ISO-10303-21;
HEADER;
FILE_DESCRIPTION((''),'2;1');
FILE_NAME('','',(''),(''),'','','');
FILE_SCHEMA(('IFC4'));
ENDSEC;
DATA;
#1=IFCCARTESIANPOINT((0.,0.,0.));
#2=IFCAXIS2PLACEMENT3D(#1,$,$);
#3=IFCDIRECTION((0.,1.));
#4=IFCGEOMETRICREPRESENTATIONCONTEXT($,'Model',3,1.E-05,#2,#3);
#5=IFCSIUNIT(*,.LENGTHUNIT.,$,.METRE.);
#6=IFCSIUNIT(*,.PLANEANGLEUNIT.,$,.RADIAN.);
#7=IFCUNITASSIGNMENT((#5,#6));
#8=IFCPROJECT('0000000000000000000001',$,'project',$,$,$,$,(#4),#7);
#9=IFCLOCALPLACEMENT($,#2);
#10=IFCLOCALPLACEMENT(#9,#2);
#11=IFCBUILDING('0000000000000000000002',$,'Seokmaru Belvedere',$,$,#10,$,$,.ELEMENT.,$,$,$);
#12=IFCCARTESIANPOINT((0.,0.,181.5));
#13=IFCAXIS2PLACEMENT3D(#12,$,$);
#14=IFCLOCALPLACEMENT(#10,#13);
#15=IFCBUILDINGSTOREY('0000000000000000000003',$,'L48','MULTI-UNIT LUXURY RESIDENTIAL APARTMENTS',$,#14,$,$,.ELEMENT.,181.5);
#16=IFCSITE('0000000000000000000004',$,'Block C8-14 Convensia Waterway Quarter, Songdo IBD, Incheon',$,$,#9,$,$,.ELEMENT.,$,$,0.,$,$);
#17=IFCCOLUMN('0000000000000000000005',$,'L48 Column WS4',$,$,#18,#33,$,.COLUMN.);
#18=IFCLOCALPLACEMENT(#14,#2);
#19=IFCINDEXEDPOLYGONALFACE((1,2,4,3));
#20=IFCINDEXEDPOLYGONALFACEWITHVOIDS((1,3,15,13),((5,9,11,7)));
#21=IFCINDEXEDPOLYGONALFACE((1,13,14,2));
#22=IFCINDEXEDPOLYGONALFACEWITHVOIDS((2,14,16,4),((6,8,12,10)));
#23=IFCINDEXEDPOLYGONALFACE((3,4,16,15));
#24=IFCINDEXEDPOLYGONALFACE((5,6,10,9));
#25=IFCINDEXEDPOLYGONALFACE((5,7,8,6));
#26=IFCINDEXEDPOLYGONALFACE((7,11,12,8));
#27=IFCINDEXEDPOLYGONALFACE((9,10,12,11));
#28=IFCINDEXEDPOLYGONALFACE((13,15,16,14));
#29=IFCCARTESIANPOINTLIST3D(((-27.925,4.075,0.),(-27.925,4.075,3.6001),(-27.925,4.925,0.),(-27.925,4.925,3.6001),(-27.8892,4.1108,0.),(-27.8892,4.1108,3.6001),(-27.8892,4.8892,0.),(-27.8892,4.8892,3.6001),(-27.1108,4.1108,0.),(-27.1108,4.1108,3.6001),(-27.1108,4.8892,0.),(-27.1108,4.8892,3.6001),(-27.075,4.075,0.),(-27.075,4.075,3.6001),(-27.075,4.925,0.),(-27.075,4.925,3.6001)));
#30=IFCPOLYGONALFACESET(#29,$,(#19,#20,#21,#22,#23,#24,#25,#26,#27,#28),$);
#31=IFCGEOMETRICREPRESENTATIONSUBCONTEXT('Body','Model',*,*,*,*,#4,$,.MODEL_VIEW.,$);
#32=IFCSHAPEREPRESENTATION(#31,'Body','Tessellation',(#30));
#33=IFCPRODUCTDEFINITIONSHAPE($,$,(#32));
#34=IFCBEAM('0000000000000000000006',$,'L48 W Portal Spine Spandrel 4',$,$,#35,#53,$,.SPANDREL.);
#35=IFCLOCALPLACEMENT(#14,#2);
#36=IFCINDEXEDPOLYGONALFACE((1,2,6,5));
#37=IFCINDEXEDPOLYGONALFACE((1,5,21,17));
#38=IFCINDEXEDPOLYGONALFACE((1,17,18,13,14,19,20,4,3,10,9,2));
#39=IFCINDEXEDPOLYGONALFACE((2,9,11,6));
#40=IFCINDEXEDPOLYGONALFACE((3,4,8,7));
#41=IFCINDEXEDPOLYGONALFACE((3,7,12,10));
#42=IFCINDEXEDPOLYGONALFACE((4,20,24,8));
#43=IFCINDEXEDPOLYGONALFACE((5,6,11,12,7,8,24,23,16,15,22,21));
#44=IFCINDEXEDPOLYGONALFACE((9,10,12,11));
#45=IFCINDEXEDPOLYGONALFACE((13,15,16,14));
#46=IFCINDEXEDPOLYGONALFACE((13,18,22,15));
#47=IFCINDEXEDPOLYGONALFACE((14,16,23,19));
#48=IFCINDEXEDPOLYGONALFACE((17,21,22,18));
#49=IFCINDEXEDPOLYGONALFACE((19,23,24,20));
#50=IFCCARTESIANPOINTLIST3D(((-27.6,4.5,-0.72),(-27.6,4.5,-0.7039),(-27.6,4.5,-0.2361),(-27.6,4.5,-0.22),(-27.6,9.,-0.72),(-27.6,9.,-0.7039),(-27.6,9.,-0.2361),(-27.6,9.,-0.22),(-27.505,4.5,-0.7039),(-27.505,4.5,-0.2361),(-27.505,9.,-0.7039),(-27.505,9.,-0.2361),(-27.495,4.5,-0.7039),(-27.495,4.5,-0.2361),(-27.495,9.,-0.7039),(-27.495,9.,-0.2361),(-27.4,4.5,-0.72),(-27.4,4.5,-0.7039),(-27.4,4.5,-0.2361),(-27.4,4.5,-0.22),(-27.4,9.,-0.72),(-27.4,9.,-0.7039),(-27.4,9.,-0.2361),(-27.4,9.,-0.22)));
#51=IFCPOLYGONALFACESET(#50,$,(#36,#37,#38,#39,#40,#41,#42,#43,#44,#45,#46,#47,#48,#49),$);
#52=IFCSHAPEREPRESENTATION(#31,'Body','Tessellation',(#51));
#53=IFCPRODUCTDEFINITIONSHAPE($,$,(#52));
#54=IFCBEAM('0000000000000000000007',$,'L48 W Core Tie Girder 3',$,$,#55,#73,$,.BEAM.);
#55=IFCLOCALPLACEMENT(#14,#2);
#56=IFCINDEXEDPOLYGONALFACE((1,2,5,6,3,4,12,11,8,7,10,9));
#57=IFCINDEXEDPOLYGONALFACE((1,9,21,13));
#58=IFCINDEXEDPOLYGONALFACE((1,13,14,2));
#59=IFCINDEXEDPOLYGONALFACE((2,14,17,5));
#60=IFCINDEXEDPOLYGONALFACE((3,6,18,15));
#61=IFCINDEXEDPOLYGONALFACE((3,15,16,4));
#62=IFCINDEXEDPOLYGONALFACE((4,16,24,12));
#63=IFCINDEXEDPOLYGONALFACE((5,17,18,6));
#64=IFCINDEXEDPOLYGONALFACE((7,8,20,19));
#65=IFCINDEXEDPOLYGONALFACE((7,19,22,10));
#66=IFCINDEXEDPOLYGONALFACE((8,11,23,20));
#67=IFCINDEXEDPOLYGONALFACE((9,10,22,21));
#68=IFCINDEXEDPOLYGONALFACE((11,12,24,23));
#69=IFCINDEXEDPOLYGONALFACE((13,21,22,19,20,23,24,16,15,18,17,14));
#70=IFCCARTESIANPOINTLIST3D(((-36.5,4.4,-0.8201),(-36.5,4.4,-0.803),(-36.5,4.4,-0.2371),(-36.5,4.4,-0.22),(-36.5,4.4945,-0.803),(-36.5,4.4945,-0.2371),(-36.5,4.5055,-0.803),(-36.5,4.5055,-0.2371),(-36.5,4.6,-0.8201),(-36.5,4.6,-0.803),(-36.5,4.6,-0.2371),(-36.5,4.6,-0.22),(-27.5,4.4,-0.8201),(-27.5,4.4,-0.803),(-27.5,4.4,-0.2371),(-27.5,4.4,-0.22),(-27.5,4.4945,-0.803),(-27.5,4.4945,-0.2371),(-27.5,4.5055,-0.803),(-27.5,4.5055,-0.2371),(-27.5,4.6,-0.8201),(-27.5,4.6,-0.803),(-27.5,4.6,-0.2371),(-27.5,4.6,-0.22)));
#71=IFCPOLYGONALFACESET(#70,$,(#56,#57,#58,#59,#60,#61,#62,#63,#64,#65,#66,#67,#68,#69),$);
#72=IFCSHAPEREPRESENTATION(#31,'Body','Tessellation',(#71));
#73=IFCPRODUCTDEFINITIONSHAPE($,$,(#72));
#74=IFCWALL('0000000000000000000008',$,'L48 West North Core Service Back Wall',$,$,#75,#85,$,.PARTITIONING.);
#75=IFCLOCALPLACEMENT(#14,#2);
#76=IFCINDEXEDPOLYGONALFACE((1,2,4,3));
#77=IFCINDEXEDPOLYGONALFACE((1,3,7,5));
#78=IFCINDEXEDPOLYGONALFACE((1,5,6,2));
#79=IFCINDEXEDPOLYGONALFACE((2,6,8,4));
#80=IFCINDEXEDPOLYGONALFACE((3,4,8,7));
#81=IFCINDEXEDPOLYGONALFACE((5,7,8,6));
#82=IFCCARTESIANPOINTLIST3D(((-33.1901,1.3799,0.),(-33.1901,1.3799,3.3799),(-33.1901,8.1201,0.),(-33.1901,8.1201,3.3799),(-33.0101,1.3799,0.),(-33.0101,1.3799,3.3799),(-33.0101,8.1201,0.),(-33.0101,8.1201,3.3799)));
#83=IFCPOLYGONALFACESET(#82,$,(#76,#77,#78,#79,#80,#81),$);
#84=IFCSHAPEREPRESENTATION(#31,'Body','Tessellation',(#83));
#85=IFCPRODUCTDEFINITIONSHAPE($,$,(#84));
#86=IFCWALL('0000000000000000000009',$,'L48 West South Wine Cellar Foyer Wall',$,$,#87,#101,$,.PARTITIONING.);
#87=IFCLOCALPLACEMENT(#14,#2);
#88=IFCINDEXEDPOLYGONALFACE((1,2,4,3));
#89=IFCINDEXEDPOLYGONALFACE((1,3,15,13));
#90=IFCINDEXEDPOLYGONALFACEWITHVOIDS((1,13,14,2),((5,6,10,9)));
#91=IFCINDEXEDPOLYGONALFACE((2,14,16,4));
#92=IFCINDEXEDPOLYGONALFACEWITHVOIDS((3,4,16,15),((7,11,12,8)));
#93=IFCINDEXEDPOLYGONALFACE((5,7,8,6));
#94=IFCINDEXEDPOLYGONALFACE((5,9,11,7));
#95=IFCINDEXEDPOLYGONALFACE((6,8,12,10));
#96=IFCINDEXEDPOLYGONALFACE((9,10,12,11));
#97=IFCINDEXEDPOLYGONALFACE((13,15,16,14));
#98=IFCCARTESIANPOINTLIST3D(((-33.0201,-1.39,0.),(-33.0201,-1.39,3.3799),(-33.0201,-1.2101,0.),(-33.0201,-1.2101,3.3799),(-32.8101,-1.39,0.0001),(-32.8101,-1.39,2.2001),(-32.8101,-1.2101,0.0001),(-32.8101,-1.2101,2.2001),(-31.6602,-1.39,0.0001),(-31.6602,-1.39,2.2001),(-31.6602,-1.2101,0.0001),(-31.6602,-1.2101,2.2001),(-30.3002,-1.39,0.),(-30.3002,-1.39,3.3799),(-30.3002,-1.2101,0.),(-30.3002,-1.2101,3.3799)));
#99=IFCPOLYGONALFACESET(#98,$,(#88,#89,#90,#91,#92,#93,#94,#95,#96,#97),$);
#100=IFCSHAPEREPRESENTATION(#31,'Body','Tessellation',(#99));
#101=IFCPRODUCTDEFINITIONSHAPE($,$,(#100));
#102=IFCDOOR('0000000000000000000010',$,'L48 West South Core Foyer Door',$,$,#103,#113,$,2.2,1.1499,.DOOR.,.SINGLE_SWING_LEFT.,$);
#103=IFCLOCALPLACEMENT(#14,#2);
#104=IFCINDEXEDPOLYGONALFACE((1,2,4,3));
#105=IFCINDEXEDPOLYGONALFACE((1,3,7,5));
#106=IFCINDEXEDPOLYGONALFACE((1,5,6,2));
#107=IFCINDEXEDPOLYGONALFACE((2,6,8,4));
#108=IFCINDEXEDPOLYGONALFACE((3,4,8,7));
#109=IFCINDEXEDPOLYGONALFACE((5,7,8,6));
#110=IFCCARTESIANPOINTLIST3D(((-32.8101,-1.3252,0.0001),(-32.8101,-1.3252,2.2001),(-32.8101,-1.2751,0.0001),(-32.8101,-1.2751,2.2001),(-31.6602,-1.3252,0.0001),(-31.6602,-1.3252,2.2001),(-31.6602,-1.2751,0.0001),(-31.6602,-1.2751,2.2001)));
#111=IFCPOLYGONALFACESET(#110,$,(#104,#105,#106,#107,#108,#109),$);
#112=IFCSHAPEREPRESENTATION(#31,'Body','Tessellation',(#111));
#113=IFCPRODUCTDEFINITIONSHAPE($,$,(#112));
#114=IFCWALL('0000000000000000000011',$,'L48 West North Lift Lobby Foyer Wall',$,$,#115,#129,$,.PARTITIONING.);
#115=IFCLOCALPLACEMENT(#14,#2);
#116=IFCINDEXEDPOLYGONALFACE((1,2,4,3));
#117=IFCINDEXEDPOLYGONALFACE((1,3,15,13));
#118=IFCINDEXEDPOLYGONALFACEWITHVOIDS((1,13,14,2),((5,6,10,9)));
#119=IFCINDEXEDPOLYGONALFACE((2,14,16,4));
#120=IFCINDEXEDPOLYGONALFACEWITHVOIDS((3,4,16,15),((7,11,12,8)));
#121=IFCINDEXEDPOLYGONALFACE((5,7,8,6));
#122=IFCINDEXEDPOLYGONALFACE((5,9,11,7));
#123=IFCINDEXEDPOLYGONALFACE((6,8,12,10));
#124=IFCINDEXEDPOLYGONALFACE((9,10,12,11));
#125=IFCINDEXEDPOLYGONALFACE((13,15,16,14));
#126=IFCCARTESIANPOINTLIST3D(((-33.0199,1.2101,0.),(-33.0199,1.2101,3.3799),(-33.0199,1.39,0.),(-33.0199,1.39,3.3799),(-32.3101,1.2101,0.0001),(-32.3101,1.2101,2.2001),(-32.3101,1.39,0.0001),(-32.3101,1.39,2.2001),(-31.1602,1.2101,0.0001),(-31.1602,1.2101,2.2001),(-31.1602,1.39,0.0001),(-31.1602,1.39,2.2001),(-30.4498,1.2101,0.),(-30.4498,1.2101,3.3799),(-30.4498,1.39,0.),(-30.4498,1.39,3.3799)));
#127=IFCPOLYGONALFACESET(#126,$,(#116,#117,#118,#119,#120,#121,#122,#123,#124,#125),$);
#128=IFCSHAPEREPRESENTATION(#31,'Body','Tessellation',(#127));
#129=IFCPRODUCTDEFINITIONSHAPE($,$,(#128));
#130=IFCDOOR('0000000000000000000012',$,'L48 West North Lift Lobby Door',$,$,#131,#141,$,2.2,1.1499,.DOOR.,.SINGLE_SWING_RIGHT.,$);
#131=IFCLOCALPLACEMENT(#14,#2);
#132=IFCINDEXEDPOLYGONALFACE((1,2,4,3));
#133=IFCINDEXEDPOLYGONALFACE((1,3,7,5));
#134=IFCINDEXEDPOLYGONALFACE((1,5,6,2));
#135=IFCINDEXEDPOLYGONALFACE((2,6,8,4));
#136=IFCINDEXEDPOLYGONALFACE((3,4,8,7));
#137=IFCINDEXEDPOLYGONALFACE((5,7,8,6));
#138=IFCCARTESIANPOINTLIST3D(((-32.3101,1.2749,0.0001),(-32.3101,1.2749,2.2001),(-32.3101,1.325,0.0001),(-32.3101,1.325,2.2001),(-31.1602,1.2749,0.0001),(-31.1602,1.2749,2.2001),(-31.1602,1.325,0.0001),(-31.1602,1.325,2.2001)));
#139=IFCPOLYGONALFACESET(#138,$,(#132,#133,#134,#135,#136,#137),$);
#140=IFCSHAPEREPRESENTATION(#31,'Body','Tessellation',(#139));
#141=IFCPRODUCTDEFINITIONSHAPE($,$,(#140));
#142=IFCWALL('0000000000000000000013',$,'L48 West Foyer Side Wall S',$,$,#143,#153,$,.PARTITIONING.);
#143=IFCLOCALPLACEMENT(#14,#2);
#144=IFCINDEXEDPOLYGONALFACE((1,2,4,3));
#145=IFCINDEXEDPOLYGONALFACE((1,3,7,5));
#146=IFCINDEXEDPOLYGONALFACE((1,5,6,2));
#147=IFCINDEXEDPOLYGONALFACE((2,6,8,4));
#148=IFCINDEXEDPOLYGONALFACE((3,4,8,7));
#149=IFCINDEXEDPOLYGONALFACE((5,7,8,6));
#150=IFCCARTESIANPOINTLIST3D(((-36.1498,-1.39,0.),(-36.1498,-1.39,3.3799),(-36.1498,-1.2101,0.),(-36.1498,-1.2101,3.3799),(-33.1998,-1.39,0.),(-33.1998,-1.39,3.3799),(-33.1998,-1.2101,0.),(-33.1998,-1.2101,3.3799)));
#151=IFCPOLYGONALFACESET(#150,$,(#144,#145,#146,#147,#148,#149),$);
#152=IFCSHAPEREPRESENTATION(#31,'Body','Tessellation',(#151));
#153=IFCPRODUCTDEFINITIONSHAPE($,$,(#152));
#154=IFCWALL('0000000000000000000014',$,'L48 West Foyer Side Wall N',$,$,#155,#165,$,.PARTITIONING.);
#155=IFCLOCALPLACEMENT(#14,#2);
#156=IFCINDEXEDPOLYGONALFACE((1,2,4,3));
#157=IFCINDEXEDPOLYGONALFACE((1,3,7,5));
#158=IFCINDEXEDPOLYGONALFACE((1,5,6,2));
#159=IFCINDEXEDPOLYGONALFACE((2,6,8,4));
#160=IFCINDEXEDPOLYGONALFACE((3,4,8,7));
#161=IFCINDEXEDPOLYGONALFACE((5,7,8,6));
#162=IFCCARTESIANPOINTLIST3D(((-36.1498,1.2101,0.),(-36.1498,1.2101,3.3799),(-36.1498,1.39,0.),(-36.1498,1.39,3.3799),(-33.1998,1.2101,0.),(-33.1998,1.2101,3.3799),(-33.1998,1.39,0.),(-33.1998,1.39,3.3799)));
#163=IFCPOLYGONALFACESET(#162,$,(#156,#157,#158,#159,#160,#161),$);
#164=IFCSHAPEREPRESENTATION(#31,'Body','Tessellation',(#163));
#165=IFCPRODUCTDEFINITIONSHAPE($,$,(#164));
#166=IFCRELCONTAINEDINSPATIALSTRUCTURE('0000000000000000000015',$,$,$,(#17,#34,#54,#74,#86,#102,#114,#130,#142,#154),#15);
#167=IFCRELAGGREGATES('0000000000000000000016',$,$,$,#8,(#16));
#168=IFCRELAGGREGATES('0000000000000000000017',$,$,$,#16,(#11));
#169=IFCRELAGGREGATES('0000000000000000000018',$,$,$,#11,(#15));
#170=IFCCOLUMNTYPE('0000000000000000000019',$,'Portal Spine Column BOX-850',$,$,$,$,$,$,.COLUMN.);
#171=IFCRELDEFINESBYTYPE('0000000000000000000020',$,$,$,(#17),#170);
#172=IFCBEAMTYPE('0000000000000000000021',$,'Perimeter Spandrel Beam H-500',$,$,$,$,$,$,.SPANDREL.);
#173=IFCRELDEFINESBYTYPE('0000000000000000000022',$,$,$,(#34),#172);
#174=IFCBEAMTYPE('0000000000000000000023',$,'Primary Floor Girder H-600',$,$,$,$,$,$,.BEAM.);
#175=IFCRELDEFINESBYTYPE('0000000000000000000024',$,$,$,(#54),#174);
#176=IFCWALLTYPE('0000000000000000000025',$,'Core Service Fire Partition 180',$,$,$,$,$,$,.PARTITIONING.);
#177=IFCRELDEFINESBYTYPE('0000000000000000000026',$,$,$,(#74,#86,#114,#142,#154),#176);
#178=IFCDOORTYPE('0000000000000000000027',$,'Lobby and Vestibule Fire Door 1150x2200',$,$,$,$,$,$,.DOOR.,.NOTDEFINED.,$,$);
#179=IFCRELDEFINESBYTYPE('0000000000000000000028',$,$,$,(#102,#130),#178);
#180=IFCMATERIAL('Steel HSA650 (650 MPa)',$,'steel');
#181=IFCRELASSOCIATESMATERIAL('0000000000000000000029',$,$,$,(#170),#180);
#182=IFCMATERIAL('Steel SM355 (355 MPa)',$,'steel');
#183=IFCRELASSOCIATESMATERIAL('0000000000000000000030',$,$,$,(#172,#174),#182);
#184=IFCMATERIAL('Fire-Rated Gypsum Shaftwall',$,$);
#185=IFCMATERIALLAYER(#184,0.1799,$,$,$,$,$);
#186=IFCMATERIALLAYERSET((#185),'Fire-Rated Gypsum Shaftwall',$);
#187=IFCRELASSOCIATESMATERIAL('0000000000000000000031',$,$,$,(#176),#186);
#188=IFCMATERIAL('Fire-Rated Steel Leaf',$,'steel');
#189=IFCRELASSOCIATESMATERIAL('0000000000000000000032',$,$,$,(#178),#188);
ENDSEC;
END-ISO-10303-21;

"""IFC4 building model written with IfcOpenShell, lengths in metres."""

from ifc_helpers import new_model, si_unit, direction, frame, frame_2d, origin, origin_2d, place, context, subcontext, project, spatial, rectangle, hollow_rectangle, i_section, extrude, source, transform, mapped, material, layer, layer_set, material_profile, profile_set, type_object, type_shapes, element, fill, save


model = new_model("IFC4")

# Units and contexts
model_context = context("Model", 3, precision=1e-05, world=origin(), true_north=direction((0.0, 1.0)))
body_context = subcontext(model_context, "Body", "Model", "MODEL_VIEW")
ifc_project = project(units=[si_unit("LENGTHUNIT", "METRE"), si_unit("PLANEANGLEUNIT", "RADIAN")], contexts=[model_context])

# Site, building, storey
site_placement = place(None, origin())
site = spatial("IfcSite", under=ifc_project, at=site_placement, Name="Block C8-14 Convensia Waterway Quarter, Songdo IBD, Incheon", CompositionType="ELEMENT", RefElevation=0.0)
building_placement = place(site_placement, origin())
building = spatial("IfcBuilding", under=site, at=building_placement, Name="Seokmaru Belvedere", CompositionType="ELEMENT")
storey_placement = place(building_placement, frame((0.0, 0.0, 181.5)))
storey = spatial("IfcBuildingStorey", under=building, at=storey_placement, Name="L48", Description="MULTI-UNIT LUXURY RESIDENTIAL APARTMENTS", CompositionType="ELEMENT", Elevation=181.5)

# Column
ifc_material_1 = material(Name="Steel HSA650 (650 MPa)", Category="steel")
ifc_material_profile_1 = material_profile(ifc_material_1, hollow_rectangle(XDim=0.8501, YDim=0.8501, WallThickness=0.0359, at=origin_2d()), Name="BOX-850x850x36")
ifc_profile_set_1 = profile_set([ifc_material_profile_1], Name="Steel HSA650 (650 MPa)")
column_type = type_object("IfcColumnType", Name="Portal Spine Column BOX-850", PredefinedType="COLUMN", material=ifc_profile_set_1)
shared_shape_1 = source(origin(), body_context, "Body", "SweptSolid", [
    extrude(hollow_rectangle(XDim=0.8501, YDim=0.8501, WallThickness=0.0359, at=origin_2d()), origin(), (0.0, 0.0, 1.0), 3.6001),
])
type_shapes(column_type, [shared_shape_1])
column_placement = place(storey_placement, frame((-27.5, 4.5, 0.0), z_axis=(0.0, 0.0, 1.0), x_axis=(1.0, 0.0, 0.0)))
element("IfcColumn", 1, at=column_placement, inside=storey, type_object=column_type, Name="L48 Column WS4", PredefinedType="COLUMN", context=body_context, shape_type="MappedRepresentation", body=[
    mapped(shared_shape_1, transform((0.0, 0.0, 0.0), scale=1.0)),
])

# Beams
ifc_material_2 = material(Name="Steel SM355 (355 MPa)", Category="steel")
ifc_material_profile_2 = material_profile(ifc_material_2, i_section(OverallWidth=0.2, OverallDepth=0.5, WebThickness=0.01, FlangeThickness=0.0161, at=origin_2d()), Name="H-500x200x10x16")
ifc_profile_set_2 = profile_set([ifc_material_profile_2], Name="Steel SM355 (355 MPa)")
beam_type_1 = type_object("IfcBeamType", Name="Perimeter Spandrel Beam H-500", PredefinedType="SPANDREL", material=ifc_profile_set_2)
shared_shape_2 = source(origin(), body_context, "Body", "SweptSolid", [
    extrude(i_section(OverallWidth=0.2, OverallDepth=0.5, WebThickness=0.01, FlangeThickness=0.0161, at=origin_2d()), origin(), (0.0, 0.0, 1.0), 4.5),
])
type_shapes(beam_type_1, [shared_shape_2])
beam_1_placement = place(storey_placement, frame((-27.5, 4.5, -0.47), z_axis=(0.0, 1.0, 0.0), x_axis=(-1.0, 0.0, 0.0)))
element("IfcBeam", 2, at=beam_1_placement, inside=storey, type_object=beam_type_1, Name="L48 W Portal Spine Spandrel 4", PredefinedType="SPANDREL", context=body_context, shape_type="MappedRepresentation", body=[
    mapped(shared_shape_2, transform((0.0, 0.0, 0.0), scale=1.0)),
])
ifc_material_profile_3 = material_profile(ifc_material_2, i_section(OverallWidth=0.2, OverallDepth=0.6001, WebThickness=0.011, FlangeThickness=0.0171, at=origin_2d()), Name="H-600x200x11x17")
ifc_profile_set_3 = profile_set([ifc_material_profile_3], Name="Steel SM355 (355 MPa)")
beam_type_2 = type_object("IfcBeamType", Name="Primary Floor Girder H-600", PredefinedType="BEAM", material=ifc_profile_set_3)
shared_shape_3 = source(origin(), body_context, "Body", "SweptSolid", [
    extrude(i_section(OverallWidth=0.2, OverallDepth=0.6001, WebThickness=0.011, FlangeThickness=0.0171, at=origin_2d()), origin(), (0.0, 0.0, 1.0), 9.0),
])
type_shapes(beam_type_2, [shared_shape_3])
beam_2_placement = place(storey_placement, frame((-36.5, 4.5, -0.52), z_axis=(1.0, 0.0, 0.0), x_axis=(0.0, 1.0, 0.0)))
element("IfcBeam", 3, at=beam_2_placement, inside=storey, type_object=beam_type_2, Name="L48 W Core Tie Girder 3", PredefinedType="BEAM", context=body_context, shape_type="MappedRepresentation", body=[
    mapped(shared_shape_3, transform((0.0, 0.0, 0.0), scale=1.0)),
])

# Wall
ifc_material_3 = material(Name="Fire-Rated Gypsum Shaftwall")
ifc_layer_1 = layer(ifc_material_3, 0.1799)
ifc_layer_set_1 = layer_set([ifc_layer_1], Name="Fire-Rated Gypsum Shaftwall")
wall_type_1 = type_object("IfcWallType", Name="Core Service Fire Partition 180", PredefinedType="PARTITIONING", material=ifc_layer_set_1)
wall_1_placement = place(storey_placement, frame((-33.1001, 1.3799, 0.0), z_axis=(0.0, 0.0, 1.0), x_axis=(0.0, 1.0, 0.0)))
element("IfcWall", 4, at=wall_1_placement, inside=storey, type_object=wall_type_1, Name="L48 West North Core Service Back Wall", PredefinedType="PARTITIONING", context=body_context, shape_type="SweptSolid", body=[
    extrude(rectangle(XDim=6.7402, YDim=0.1799, at=frame_2d((3.3701, 0.0))), origin(), (0.0, 0.0, 1.0), 3.3799),
])

# Walls, openings, doors
ifc_material_4 = material(Name="Fire-Rated Steel Leaf", Category="steel")
wall_2_placement = place(storey_placement, frame((-33.02, -1.3, 0.0), z_axis=(0.0, 0.0, 1.0), x_axis=(1.0, 0.0, 0.0)))
wall_2 = element("IfcWall", 5, at=wall_2_placement, inside=storey, type_object=wall_type_1, Name="L48 West South Wine Cellar Foyer Wall", PredefinedType="PARTITIONING", context=body_context, shape_type="SweptSolid", body=[
    extrude(rectangle(XDim=2.72, YDim=0.1799, at=frame_2d((1.3599, 0.0))), origin(), (0.0, 0.0, 1.0), 3.3799),
])
opening_1_placement = place(wall_2_placement, frame((0.21, 0.0, 0.0)))
opening_1 = element("IfcOpeningElement", 6, at=opening_1_placement, cuts=wall_2, PredefinedType="OPENING", context=body_context, shape_type="SweptSolid", body=[
    extrude(rectangle(XDim=1.1499, YDim=2.2, at=frame_2d((0.575, 1.1001))), frame((0.0, 0.1001, 0.0), z_axis=(0.0, -1.0, 0.0), x_axis=(1.0, 0.0, 0.0)), (0.0, 0.0, 1.0), 0.2),
])
door_type_1 = type_object("IfcDoorType", Name="Lobby and Vestibule Fire Door 1150x2200", OperationType="NOTDEFINED", PredefinedType="DOOR", material=ifc_material_4)
shared_shape_4 = source(origin(), body_context, "Body", "SweptSolid", [
    extrude(rectangle(XDim=1.1499, YDim=2.2, at=frame_2d((0.575, 1.1001))), frame((0.0, 0.0249, 0.0), z_axis=(0.0, -1.0, 0.0), x_axis=(1.0, 0.0, 0.0)), (0.0, 0.0, 1.0), 0.05),
])
type_shapes(door_type_1, [shared_shape_4])
door_1_placement = place(opening_1_placement, origin())
door_1 = element("IfcDoor", 7, at=door_1_placement, inside=storey, type_object=door_type_1, Name="L48 West South Core Foyer Door", OperationType="SINGLE_SWING_LEFT", OverallHeight=2.2, OverallWidth=1.1499, PredefinedType="DOOR", context=body_context, shape_type="MappedRepresentation", body=[
    mapped(shared_shape_4, transform((0.0, 0.0, 0.0), scale=1.0)),
])
fill(opening_1, door_1)
wall_3_placement = place(storey_placement, frame((-33.02, 1.3, 0.0), z_axis=(0.0, 0.0, 1.0), x_axis=(1.0, 0.0, 0.0)))
wall_3 = element("IfcWall", 8, at=wall_3_placement, inside=storey, type_object=wall_type_1, Name="L48 West North Lift Lobby Foyer Wall", PredefinedType="PARTITIONING", context=body_context, shape_type="SweptSolid", body=[
    extrude(rectangle(XDim=2.5701, YDim=0.1799, at=frame_2d((1.2852, 0.0))), origin(), (0.0, 0.0, 1.0), 3.3799),
])
opening_2_placement = place(wall_3_placement, frame((0.71, 0.0, 0.0)))
opening_2 = element("IfcOpeningElement", 9, at=opening_2_placement, cuts=wall_3, PredefinedType="OPENING", context=body_context, shape_type="SweptSolid", body=[
    extrude(rectangle(XDim=1.1499, YDim=2.2, at=frame_2d((0.575, 1.1001))), frame((0.0, 0.1001, 0.0), z_axis=(0.0, -1.0, 0.0), x_axis=(1.0, 0.0, 0.0)), (0.0, 0.0, 1.0), 0.2),
])
door_2_placement = place(opening_2_placement, origin())
door_2 = element("IfcDoor", 10, at=door_2_placement, inside=storey, type_object=door_type_1, Name="L48 West North Lift Lobby Door", OperationType="SINGLE_SWING_RIGHT", OverallHeight=2.2, OverallWidth=1.1499, PredefinedType="DOOR", context=body_context, shape_type="MappedRepresentation", body=[
    mapped(shared_shape_4, transform((0.0, 0.0, 0.0), scale=1.0)),
])
fill(opening_2, door_2)

# Walls
for number, where, z_axis, x_axis, name in (
    (11, (-36.1499, -1.3, 0.0), (0.0, 0.0, 1.0), (1.0, 0.0, 0.0), "L48 West Foyer Side Wall S"),
    (12, (-36.1499, 1.3, 0.0), (0.0, 0.0, 1.0), (1.0, 0.0, 0.0), "L48 West Foyer Side Wall N"),
):
    element("IfcWall", number, at=place(storey_placement, frame(where, z_axis=z_axis, x_axis=x_axis)), inside=storey, type_object=wall_type_1, Name=name, PredefinedType="PARTITIONING", context=body_context, shape_type="SweptSolid", body=[
        extrude(rectangle(XDim=2.95, YDim=0.1799, at=frame_2d((1.4751, 0.0))), origin(), (0.0, 0.0, 1.0), 3.3799),
    ])

save(model, "model.ifc")
